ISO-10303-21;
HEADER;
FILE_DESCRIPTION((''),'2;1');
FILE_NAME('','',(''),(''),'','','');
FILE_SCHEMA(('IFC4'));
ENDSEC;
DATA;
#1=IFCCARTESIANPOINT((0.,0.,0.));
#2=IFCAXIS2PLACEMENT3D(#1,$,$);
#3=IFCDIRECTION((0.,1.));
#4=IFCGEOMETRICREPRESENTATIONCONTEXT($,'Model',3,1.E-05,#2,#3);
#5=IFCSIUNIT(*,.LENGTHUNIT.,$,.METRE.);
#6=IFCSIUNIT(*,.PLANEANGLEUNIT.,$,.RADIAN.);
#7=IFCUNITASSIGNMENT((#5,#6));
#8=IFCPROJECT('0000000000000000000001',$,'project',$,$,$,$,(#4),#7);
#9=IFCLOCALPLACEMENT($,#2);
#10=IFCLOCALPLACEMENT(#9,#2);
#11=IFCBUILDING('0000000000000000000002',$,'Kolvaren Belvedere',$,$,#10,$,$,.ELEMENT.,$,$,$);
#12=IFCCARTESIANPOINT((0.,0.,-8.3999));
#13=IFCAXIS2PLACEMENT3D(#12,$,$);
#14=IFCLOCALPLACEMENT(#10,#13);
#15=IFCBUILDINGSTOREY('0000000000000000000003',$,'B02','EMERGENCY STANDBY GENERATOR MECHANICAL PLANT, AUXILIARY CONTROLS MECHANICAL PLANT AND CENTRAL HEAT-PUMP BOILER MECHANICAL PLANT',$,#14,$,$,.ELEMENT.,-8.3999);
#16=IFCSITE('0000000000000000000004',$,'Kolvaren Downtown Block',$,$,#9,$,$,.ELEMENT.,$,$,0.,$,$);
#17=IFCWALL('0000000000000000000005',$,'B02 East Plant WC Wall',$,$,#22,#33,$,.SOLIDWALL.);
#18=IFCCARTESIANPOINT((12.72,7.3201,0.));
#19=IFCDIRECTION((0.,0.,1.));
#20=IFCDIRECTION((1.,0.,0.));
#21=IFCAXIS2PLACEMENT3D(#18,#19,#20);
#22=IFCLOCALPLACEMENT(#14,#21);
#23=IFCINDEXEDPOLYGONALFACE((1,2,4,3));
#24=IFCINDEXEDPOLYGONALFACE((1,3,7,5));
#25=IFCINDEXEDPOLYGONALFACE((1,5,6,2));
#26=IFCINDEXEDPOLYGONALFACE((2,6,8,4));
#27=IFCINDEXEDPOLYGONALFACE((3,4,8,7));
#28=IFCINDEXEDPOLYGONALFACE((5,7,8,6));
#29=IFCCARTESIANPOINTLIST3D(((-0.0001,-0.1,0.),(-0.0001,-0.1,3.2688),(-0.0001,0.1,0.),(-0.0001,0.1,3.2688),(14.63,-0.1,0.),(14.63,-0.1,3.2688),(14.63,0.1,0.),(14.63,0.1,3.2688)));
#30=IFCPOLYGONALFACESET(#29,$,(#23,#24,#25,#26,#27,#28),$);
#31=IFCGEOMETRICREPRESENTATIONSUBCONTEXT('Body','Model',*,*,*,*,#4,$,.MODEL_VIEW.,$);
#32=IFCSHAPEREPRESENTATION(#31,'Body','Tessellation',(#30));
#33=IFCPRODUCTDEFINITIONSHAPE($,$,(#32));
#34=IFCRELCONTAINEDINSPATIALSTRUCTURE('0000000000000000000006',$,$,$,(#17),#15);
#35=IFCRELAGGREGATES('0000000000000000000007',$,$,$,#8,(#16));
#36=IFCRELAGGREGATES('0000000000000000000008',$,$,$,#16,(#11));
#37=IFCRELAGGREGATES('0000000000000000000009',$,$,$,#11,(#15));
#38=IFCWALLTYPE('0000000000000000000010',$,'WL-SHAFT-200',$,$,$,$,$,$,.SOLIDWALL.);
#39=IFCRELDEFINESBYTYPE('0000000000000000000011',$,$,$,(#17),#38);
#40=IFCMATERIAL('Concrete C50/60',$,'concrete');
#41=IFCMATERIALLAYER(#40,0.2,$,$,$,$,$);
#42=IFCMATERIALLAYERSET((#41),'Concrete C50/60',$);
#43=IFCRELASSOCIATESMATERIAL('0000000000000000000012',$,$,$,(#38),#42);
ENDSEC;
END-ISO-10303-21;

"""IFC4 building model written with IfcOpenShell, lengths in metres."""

from ifc_helpers import new_model, si_unit, direction, frame, frame_2d, origin, place, context, subcontext, project, spatial, rectangle, extrude, material, layer, layer_set, type_object, element, save


model = new_model("IFC4")

# Units and contexts
model_context = context("Model", 3, precision=1e-05, world=origin(), true_north=direction((0.0, 1.0)))
body_context = subcontext(model_context, "Body", "Model", "MODEL_VIEW")
ifc_project = project(units=[si_unit("LENGTHUNIT", "METRE"), si_unit("PLANEANGLEUNIT", "RADIAN")], contexts=[model_context])

# Site, building, storey
site_placement = place(None, origin())
site = spatial("IfcSite", under=ifc_project, at=site_placement, Name="Kolvaren Downtown Block", CompositionType="ELEMENT", RefElevation=0.0)
building_placement = place(site_placement, origin())
building = spatial("IfcBuilding", under=site, at=building_placement, Name="Kolvaren Belvedere", CompositionType="ELEMENT")
storey_placement = place(building_placement, frame((0.0, 0.0, -8.3999)))
storey = spatial("IfcBuildingStorey", under=building, at=storey_placement, Name="B02", Description="EMERGENCY STANDBY GENERATOR MECHANICAL PLANT, AUXILIARY CONTROLS MECHANICAL PLANT AND CENTRAL HEAT-PUMP BOILER MECHANICAL PLANT", CompositionType="ELEMENT", Elevation=-8.3999)

# Wall
ifc_material_1 = material(Name="Concrete C50/60", Category="concrete")
ifc_layer_1 = layer(ifc_material_1, 0.2)
ifc_layer_set_1 = layer_set([ifc_layer_1], Name="Concrete C50/60")
wall_type_1 = type_object("IfcWallType", Name="WL-SHAFT-200", PredefinedType="SOLIDWALL", material=ifc_layer_set_1)
wall_1_placement = place(storey_placement, frame((12.72, 7.3201, 0.0), z_axis=(0.0, 0.0, 1.0), x_axis=(1.0, 0.0, 0.0)))
element("IfcWall", 1, at=wall_1_placement, inside=storey, type_object=wall_type_1, Name="B02 East Plant WC Wall", PredefinedType="SOLIDWALL", context=body_context, shape_type="SweptSolid", body=[
    extrude(rectangle(XDim=14.6301, YDim=0.2, at=frame_2d((7.3149, 0.0))), origin(), (0.0, 0.0, 1.0), 3.2688),
])

save(model, "model.ifc")
